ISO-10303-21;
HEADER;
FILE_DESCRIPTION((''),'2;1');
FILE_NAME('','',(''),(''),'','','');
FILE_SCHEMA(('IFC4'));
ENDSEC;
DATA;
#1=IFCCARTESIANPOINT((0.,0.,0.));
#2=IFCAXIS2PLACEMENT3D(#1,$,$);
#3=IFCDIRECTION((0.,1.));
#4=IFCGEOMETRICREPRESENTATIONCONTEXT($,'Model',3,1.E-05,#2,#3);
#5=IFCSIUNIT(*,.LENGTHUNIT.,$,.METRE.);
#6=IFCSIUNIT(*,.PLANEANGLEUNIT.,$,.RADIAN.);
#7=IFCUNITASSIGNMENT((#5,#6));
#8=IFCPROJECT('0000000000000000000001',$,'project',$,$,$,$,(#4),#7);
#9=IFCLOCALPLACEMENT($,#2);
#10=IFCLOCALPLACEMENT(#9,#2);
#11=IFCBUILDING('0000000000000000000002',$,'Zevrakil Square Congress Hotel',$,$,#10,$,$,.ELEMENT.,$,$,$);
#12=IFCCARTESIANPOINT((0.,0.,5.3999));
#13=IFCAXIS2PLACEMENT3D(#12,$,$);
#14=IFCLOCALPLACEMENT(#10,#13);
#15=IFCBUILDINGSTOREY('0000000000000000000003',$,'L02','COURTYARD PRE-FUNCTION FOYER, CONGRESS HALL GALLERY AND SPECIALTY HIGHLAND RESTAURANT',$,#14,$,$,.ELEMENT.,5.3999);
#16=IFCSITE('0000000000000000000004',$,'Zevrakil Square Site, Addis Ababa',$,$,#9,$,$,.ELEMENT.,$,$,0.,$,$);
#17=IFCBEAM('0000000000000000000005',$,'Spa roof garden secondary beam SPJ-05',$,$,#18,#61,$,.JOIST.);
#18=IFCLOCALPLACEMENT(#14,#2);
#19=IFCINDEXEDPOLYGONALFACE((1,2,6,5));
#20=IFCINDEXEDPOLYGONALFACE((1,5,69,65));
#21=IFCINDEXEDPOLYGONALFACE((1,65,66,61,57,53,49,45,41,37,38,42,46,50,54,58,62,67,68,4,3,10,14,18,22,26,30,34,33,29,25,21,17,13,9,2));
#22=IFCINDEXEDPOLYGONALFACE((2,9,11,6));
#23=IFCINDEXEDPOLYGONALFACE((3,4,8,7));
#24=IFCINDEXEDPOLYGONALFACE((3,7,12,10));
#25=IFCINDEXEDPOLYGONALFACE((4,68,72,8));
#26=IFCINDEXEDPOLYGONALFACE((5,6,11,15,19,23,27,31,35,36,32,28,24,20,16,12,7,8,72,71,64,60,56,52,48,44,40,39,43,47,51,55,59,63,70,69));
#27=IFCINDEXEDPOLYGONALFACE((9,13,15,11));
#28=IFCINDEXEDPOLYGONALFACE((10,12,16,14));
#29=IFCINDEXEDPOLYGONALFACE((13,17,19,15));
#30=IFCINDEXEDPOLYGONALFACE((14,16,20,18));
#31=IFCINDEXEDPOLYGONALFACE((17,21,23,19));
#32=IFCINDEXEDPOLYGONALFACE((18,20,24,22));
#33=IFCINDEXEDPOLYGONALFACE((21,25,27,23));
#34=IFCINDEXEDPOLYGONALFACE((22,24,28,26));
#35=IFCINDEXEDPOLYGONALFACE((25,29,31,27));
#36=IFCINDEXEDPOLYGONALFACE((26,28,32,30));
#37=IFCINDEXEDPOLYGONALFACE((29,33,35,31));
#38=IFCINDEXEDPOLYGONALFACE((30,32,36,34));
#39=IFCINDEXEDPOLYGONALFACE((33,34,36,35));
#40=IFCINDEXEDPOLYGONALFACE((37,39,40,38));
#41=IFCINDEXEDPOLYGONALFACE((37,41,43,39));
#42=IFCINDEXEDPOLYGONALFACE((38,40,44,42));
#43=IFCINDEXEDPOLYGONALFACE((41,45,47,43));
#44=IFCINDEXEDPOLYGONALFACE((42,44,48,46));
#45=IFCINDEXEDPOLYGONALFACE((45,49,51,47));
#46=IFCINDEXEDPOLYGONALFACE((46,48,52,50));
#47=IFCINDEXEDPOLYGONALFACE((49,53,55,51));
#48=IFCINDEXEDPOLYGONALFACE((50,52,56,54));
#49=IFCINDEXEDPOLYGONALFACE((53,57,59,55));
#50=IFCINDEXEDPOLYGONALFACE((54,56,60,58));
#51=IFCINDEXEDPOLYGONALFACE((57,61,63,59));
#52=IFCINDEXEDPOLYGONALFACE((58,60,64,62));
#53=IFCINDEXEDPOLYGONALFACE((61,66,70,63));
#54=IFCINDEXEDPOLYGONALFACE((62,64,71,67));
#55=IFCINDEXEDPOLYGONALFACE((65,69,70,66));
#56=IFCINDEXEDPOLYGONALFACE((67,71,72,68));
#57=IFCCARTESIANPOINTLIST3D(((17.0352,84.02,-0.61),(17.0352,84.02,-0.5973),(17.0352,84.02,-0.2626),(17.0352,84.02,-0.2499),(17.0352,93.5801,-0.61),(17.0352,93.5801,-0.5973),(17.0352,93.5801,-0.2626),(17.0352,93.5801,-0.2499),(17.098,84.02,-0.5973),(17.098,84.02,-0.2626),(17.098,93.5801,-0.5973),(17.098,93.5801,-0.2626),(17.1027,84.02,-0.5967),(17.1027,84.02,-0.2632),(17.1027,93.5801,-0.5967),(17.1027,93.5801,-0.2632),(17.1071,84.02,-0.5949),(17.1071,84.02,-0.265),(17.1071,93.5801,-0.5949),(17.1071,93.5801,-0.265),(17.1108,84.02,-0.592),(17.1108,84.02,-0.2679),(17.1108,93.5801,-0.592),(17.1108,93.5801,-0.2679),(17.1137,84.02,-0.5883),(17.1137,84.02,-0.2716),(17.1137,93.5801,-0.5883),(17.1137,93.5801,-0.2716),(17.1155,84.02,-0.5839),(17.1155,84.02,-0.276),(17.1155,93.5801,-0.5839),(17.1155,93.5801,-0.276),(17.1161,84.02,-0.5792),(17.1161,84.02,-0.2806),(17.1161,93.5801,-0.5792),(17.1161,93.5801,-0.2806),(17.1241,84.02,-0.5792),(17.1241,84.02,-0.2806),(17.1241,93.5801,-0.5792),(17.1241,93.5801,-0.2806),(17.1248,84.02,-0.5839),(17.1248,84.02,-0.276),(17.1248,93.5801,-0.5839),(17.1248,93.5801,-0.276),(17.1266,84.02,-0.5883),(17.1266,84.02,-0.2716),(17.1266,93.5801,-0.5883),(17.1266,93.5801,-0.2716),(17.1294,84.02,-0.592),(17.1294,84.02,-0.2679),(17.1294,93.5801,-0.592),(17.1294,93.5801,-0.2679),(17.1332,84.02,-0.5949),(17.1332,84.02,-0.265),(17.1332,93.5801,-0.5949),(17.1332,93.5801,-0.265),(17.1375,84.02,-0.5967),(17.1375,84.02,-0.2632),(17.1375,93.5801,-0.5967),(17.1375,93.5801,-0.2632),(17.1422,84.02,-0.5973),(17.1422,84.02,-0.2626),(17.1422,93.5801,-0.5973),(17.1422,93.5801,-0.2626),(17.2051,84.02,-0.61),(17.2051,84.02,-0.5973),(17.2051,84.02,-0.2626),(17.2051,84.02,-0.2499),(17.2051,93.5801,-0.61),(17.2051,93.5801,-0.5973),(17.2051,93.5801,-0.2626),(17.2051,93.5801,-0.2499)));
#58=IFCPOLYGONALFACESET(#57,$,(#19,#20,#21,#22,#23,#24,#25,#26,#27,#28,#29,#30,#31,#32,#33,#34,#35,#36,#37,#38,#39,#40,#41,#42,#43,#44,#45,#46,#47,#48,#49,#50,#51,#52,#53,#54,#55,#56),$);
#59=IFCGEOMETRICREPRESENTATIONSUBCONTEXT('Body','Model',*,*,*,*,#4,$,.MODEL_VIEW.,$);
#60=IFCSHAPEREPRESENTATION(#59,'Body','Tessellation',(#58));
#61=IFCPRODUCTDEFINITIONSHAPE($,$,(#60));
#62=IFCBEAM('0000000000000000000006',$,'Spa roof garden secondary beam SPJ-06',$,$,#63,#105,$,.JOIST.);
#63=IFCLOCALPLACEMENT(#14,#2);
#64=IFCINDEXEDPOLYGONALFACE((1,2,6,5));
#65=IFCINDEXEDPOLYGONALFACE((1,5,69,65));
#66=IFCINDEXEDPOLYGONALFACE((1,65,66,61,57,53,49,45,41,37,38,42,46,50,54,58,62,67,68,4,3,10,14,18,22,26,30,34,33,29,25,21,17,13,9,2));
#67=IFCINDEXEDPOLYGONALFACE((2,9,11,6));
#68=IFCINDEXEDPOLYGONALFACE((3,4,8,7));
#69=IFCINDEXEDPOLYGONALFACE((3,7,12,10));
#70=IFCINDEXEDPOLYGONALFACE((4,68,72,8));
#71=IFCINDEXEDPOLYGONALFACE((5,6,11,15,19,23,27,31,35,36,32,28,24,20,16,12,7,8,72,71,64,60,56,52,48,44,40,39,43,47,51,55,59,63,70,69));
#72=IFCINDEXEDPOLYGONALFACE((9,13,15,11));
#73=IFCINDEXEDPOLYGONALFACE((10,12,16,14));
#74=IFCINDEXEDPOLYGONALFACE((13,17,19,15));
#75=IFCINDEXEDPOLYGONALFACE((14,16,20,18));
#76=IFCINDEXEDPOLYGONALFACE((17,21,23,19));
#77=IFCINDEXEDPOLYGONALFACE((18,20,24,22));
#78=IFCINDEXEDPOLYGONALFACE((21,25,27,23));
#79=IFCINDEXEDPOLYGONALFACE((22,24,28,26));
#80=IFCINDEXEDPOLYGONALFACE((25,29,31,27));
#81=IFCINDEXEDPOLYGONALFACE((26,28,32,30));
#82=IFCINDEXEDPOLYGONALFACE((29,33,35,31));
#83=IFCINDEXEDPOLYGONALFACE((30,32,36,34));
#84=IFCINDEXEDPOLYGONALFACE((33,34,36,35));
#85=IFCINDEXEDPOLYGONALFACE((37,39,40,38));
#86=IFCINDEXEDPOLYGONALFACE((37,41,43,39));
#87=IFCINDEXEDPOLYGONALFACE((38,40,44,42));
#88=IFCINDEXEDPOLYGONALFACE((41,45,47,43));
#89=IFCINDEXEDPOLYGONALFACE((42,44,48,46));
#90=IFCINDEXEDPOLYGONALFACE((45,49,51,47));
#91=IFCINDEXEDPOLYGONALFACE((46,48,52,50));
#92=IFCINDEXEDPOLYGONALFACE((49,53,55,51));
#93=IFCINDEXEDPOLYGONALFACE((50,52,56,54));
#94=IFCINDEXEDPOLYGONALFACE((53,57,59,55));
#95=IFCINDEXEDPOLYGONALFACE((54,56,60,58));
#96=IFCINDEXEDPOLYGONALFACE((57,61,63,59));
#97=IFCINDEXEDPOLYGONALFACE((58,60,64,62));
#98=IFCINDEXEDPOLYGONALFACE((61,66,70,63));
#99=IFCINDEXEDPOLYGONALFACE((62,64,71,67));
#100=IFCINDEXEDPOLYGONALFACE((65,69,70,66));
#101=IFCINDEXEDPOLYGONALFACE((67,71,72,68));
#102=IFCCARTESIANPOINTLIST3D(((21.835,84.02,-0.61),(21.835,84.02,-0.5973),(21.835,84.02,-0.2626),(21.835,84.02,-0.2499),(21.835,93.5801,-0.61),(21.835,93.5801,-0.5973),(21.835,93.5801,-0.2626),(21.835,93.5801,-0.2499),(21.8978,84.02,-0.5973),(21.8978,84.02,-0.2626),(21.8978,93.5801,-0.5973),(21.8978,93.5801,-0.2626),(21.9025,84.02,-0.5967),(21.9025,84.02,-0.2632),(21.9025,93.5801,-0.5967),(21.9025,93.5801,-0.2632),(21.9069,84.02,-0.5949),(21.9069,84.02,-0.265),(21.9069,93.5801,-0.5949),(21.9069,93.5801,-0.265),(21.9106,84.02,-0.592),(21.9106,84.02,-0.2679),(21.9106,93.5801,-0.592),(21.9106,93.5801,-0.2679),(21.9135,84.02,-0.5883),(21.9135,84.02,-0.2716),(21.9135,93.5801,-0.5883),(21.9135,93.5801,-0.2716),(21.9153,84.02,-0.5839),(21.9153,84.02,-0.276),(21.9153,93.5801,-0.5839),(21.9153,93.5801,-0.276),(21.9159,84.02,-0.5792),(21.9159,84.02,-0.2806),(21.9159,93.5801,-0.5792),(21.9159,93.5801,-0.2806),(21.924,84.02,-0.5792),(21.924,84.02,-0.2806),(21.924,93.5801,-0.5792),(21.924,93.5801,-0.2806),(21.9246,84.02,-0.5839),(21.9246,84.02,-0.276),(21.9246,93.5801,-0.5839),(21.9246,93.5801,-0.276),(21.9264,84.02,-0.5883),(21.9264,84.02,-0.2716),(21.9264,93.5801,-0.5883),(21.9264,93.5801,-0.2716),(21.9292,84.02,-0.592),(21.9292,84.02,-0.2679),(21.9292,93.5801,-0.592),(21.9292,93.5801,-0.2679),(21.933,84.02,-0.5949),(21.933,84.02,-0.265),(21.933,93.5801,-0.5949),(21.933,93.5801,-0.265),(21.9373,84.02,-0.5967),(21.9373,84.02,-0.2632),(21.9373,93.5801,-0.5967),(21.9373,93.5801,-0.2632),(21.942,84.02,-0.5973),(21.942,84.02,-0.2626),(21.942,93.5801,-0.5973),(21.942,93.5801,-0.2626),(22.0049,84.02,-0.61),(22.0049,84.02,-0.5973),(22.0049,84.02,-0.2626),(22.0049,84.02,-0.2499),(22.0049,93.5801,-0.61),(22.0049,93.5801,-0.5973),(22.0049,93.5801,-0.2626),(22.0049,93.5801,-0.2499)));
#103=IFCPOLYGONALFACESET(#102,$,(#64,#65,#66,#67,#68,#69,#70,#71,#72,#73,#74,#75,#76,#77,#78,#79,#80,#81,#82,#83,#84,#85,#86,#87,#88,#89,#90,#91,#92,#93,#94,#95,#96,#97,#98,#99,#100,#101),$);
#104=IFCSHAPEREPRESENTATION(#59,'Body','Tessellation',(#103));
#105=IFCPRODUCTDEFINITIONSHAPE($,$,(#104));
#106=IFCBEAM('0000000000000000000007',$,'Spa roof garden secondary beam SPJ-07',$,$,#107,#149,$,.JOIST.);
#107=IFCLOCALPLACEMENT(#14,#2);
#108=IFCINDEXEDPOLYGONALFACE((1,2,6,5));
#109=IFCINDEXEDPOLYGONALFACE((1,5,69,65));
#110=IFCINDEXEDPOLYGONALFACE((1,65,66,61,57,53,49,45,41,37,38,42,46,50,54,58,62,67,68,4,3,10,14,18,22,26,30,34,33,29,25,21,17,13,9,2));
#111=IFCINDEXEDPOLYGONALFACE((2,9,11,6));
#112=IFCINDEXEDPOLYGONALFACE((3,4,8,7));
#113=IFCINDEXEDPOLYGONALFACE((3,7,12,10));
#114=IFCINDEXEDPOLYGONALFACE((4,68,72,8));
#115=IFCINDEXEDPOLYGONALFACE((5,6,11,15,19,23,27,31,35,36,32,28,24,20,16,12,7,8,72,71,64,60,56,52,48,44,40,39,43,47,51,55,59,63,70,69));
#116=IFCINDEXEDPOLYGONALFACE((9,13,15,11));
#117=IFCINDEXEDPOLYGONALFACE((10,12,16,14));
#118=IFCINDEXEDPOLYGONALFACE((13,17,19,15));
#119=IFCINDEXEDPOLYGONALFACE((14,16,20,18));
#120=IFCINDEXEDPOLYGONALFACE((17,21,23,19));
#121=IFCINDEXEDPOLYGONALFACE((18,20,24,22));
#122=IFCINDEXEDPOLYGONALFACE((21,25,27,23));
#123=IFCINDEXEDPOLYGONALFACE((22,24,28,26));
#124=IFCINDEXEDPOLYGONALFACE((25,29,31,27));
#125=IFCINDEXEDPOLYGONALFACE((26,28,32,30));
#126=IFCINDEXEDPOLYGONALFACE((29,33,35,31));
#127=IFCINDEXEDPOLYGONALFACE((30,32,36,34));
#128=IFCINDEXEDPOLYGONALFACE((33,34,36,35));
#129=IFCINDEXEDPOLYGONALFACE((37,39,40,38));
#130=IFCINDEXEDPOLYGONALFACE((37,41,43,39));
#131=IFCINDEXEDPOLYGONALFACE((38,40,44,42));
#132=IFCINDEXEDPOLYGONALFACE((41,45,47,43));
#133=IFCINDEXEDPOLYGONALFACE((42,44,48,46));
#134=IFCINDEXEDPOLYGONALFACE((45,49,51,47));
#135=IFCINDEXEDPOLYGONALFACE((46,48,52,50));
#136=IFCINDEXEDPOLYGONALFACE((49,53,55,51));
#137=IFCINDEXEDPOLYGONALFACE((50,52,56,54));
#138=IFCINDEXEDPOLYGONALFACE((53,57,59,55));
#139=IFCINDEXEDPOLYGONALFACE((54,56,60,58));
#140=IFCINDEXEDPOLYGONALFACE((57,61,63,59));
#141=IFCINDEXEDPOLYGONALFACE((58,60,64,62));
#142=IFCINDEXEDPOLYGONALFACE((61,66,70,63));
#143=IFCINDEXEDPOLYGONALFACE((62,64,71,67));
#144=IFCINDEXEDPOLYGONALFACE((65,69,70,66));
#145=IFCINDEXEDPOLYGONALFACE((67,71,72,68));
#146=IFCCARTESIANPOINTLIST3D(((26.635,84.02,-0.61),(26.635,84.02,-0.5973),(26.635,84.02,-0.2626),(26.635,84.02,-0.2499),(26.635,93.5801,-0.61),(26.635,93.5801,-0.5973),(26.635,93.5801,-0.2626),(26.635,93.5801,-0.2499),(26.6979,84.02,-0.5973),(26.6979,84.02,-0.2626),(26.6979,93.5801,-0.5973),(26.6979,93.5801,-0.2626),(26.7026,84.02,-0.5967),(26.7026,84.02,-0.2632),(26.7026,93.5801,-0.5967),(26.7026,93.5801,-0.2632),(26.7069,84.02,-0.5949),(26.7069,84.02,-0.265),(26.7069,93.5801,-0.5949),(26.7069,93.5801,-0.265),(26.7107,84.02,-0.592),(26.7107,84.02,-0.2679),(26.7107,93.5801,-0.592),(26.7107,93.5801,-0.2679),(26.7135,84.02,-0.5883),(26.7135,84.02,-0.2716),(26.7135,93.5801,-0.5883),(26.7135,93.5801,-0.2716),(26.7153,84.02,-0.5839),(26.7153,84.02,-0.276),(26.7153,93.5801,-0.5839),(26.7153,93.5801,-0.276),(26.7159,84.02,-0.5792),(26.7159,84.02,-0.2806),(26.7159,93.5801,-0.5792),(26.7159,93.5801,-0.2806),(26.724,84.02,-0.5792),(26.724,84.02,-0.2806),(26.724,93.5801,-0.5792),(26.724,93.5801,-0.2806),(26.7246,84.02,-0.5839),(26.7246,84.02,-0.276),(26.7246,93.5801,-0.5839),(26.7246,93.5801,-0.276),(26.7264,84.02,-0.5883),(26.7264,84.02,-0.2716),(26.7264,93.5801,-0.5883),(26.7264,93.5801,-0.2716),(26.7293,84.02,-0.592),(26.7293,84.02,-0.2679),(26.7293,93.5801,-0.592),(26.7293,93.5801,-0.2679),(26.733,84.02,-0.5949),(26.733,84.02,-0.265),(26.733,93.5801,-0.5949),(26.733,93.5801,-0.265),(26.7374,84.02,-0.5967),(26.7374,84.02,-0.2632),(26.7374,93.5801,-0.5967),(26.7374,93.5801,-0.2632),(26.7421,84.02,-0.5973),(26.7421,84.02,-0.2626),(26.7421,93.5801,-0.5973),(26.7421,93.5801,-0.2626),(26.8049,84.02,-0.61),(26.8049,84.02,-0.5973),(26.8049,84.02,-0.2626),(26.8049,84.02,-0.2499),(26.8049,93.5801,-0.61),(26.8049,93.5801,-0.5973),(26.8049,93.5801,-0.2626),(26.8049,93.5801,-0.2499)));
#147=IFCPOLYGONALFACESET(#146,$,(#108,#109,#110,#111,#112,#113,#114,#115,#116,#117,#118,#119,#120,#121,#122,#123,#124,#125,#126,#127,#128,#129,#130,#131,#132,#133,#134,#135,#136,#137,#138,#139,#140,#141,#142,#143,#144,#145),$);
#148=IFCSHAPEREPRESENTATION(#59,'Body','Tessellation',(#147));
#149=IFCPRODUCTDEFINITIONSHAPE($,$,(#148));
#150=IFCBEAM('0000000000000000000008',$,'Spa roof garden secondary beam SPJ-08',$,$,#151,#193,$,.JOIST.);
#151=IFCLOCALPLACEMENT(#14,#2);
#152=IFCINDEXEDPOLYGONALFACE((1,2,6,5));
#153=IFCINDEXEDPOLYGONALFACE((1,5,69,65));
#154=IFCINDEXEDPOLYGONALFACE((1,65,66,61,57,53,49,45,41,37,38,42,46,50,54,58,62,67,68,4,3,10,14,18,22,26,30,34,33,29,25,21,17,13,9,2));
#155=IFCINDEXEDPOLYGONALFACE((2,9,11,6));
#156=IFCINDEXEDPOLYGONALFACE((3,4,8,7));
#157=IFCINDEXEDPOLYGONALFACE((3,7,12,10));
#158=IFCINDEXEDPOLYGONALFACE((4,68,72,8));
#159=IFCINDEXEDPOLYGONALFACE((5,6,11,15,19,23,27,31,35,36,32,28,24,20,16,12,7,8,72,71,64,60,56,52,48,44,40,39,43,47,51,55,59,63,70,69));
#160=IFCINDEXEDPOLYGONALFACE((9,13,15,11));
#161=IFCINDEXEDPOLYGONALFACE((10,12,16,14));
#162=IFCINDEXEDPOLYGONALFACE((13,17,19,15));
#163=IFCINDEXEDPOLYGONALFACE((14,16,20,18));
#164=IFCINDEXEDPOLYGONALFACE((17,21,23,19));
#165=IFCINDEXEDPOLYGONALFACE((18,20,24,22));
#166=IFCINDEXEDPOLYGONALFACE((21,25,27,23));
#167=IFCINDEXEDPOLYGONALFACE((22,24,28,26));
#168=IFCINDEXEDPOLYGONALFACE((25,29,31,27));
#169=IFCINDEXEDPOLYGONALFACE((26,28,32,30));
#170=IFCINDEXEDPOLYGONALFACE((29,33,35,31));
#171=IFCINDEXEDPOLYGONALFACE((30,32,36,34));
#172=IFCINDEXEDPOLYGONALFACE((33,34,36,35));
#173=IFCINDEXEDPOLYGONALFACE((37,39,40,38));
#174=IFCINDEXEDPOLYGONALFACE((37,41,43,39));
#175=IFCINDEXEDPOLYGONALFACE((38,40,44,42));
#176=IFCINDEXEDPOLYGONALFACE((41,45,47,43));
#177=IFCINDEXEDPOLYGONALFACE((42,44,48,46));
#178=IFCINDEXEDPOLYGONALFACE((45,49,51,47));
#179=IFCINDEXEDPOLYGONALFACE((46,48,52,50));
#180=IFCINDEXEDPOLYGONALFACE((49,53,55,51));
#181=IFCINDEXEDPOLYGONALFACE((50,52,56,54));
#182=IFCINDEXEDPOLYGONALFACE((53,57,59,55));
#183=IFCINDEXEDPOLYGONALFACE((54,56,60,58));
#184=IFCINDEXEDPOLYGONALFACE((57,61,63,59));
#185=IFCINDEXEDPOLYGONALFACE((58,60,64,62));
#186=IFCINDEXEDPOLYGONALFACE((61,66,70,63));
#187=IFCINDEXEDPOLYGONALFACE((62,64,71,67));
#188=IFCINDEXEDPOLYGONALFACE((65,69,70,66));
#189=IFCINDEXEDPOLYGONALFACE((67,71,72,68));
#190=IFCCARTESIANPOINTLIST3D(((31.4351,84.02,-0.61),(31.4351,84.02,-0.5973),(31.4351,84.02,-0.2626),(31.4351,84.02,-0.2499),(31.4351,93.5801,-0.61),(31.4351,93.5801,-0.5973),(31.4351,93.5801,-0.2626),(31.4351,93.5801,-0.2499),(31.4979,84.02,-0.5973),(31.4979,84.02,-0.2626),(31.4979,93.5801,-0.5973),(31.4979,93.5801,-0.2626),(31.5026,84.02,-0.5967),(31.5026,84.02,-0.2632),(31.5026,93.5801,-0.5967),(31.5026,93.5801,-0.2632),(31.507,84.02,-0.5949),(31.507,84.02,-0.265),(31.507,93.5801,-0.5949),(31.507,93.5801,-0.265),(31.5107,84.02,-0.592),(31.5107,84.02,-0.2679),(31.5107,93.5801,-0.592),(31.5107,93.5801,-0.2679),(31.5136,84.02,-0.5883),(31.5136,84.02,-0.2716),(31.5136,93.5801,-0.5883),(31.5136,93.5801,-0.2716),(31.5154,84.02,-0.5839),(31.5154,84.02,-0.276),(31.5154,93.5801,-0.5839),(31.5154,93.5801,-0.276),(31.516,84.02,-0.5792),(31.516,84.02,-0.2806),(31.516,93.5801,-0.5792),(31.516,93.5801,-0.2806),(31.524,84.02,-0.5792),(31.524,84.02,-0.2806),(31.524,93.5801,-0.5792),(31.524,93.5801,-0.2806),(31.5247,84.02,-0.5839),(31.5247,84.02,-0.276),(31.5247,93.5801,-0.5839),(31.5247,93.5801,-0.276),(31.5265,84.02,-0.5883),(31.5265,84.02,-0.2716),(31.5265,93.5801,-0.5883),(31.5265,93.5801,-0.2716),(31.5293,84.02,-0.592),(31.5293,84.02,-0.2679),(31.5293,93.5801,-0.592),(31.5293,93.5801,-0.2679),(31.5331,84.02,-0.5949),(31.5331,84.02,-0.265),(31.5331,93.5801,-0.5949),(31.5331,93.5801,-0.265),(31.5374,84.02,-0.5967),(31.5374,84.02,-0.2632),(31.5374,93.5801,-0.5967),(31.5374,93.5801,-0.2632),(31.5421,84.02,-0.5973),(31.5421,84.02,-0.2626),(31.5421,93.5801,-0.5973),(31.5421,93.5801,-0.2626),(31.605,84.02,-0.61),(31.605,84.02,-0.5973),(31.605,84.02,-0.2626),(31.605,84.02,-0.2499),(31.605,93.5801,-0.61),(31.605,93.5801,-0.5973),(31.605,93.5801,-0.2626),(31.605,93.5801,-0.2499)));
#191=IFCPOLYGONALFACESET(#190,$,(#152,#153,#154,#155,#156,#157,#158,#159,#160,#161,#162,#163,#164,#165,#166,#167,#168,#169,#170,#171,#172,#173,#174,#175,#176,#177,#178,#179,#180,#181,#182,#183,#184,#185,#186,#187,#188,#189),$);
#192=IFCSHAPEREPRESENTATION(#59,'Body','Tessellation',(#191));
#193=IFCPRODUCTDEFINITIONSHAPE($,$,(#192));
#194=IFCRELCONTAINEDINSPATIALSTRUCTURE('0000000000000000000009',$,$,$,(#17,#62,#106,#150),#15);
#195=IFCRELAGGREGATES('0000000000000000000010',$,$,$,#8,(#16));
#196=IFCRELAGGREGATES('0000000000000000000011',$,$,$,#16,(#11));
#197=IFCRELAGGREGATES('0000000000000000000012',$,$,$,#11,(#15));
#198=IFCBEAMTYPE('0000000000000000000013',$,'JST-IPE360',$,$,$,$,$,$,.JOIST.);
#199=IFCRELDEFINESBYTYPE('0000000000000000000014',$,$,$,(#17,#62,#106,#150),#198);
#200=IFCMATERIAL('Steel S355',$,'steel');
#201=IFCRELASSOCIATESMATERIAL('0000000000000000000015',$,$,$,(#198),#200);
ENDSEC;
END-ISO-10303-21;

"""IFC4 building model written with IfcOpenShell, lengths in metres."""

from ifc_helpers import new_model, si_unit, direction, frame, origin, origin_2d, place, context, subcontext, project, spatial, i_section, extrude, material, material_profile, profile_set, type_object, element, save


model = new_model("IFC4")

# Units and contexts
model_context = context("Model", 3, precision=1e-05, world=origin(), true_north=direction((0.0, 1.0)))
body_context = subcontext(model_context, "Body", "Model", "MODEL_VIEW")
ifc_project = project(units=[si_unit("LENGTHUNIT", "METRE"), si_unit("PLANEANGLEUNIT", "RADIAN")], contexts=[model_context])

# Site, building, storey
site_placement = place(None, origin())
site = spatial("IfcSite", under=ifc_project, at=site_placement, Name="Zevrakil Square Site, Addis Ababa", CompositionType="ELEMENT", RefElevation=0.0)
building_placement = place(site_placement, origin())
building = spatial("IfcBuilding", under=site, at=building_placement, Name="Zevrakil Square Congress Hotel", CompositionType="ELEMENT")
storey_placement = place(building_placement, frame((0.0, 0.0, 5.3999)))
storey = spatial("IfcBuildingStorey", under=building, at=storey_placement, Name="L02", Description="COURTYARD PRE-FUNCTION FOYER, CONGRESS HALL GALLERY AND SPECIALTY HIGHLAND RESTAURANT", CompositionType="ELEMENT", Elevation=5.3999)

# Beams
ifc_material_1 = material(Name="Steel S355", Category="steel")
ifc_material_profile_1 = material_profile(ifc_material_1, i_section(OverallWidth=0.1699, OverallDepth=0.3601, WebThickness=0.0081, FlangeThickness=0.0127, FilletRadius=0.0181, at=origin_2d()), Name="IPE 360")
ifc_profile_set_1 = profile_set([ifc_material_profile_1], Name="Steel S355")
beam_type_1 = type_object("IfcBeamType", Name="JST-IPE360", PredefinedType="JOIST", material=ifc_profile_set_1)
for number, where, z_axis, x_axis, name in (
    (1, (17.1201, 84.02, -0.4299), (0.0, 1.0, 0.0), (-1.0, 0.0, 0.0), "Spa roof garden secondary beam SPJ-05"),
    (2, (21.9199, 84.02, -0.4299), (0.0, 1.0, 0.0), (-1.0, 0.0, 0.0), "Spa roof garden secondary beam SPJ-06"),
    (3, (26.72, 84.02, -0.4299), (0.0, 1.0, 0.0), (-1.0, 0.0, 0.0), "Spa roof garden secondary beam SPJ-07"),
    (4, (31.52, 84.02, -0.4299), (0.0, 1.0, 0.0), (-1.0, 0.0, 0.0), "Spa roof garden secondary beam SPJ-08"),
):
    element("IfcBeam", number, at=place(storey_placement, frame(where, z_axis=z_axis, x_axis=x_axis)), inside=storey, type_object=beam_type_1, Name=name, PredefinedType="JOIST", context=body_context, shape_type="SweptSolid", body=[
        extrude(i_section(OverallWidth=0.1699, OverallDepth=0.3601, WebThickness=0.0081, FlangeThickness=0.0127, FilletRadius=0.0181, at=origin_2d()), origin(), (0.0, 0.0, 1.0), 9.5601),
    ])

save(model, "model.ifc")
